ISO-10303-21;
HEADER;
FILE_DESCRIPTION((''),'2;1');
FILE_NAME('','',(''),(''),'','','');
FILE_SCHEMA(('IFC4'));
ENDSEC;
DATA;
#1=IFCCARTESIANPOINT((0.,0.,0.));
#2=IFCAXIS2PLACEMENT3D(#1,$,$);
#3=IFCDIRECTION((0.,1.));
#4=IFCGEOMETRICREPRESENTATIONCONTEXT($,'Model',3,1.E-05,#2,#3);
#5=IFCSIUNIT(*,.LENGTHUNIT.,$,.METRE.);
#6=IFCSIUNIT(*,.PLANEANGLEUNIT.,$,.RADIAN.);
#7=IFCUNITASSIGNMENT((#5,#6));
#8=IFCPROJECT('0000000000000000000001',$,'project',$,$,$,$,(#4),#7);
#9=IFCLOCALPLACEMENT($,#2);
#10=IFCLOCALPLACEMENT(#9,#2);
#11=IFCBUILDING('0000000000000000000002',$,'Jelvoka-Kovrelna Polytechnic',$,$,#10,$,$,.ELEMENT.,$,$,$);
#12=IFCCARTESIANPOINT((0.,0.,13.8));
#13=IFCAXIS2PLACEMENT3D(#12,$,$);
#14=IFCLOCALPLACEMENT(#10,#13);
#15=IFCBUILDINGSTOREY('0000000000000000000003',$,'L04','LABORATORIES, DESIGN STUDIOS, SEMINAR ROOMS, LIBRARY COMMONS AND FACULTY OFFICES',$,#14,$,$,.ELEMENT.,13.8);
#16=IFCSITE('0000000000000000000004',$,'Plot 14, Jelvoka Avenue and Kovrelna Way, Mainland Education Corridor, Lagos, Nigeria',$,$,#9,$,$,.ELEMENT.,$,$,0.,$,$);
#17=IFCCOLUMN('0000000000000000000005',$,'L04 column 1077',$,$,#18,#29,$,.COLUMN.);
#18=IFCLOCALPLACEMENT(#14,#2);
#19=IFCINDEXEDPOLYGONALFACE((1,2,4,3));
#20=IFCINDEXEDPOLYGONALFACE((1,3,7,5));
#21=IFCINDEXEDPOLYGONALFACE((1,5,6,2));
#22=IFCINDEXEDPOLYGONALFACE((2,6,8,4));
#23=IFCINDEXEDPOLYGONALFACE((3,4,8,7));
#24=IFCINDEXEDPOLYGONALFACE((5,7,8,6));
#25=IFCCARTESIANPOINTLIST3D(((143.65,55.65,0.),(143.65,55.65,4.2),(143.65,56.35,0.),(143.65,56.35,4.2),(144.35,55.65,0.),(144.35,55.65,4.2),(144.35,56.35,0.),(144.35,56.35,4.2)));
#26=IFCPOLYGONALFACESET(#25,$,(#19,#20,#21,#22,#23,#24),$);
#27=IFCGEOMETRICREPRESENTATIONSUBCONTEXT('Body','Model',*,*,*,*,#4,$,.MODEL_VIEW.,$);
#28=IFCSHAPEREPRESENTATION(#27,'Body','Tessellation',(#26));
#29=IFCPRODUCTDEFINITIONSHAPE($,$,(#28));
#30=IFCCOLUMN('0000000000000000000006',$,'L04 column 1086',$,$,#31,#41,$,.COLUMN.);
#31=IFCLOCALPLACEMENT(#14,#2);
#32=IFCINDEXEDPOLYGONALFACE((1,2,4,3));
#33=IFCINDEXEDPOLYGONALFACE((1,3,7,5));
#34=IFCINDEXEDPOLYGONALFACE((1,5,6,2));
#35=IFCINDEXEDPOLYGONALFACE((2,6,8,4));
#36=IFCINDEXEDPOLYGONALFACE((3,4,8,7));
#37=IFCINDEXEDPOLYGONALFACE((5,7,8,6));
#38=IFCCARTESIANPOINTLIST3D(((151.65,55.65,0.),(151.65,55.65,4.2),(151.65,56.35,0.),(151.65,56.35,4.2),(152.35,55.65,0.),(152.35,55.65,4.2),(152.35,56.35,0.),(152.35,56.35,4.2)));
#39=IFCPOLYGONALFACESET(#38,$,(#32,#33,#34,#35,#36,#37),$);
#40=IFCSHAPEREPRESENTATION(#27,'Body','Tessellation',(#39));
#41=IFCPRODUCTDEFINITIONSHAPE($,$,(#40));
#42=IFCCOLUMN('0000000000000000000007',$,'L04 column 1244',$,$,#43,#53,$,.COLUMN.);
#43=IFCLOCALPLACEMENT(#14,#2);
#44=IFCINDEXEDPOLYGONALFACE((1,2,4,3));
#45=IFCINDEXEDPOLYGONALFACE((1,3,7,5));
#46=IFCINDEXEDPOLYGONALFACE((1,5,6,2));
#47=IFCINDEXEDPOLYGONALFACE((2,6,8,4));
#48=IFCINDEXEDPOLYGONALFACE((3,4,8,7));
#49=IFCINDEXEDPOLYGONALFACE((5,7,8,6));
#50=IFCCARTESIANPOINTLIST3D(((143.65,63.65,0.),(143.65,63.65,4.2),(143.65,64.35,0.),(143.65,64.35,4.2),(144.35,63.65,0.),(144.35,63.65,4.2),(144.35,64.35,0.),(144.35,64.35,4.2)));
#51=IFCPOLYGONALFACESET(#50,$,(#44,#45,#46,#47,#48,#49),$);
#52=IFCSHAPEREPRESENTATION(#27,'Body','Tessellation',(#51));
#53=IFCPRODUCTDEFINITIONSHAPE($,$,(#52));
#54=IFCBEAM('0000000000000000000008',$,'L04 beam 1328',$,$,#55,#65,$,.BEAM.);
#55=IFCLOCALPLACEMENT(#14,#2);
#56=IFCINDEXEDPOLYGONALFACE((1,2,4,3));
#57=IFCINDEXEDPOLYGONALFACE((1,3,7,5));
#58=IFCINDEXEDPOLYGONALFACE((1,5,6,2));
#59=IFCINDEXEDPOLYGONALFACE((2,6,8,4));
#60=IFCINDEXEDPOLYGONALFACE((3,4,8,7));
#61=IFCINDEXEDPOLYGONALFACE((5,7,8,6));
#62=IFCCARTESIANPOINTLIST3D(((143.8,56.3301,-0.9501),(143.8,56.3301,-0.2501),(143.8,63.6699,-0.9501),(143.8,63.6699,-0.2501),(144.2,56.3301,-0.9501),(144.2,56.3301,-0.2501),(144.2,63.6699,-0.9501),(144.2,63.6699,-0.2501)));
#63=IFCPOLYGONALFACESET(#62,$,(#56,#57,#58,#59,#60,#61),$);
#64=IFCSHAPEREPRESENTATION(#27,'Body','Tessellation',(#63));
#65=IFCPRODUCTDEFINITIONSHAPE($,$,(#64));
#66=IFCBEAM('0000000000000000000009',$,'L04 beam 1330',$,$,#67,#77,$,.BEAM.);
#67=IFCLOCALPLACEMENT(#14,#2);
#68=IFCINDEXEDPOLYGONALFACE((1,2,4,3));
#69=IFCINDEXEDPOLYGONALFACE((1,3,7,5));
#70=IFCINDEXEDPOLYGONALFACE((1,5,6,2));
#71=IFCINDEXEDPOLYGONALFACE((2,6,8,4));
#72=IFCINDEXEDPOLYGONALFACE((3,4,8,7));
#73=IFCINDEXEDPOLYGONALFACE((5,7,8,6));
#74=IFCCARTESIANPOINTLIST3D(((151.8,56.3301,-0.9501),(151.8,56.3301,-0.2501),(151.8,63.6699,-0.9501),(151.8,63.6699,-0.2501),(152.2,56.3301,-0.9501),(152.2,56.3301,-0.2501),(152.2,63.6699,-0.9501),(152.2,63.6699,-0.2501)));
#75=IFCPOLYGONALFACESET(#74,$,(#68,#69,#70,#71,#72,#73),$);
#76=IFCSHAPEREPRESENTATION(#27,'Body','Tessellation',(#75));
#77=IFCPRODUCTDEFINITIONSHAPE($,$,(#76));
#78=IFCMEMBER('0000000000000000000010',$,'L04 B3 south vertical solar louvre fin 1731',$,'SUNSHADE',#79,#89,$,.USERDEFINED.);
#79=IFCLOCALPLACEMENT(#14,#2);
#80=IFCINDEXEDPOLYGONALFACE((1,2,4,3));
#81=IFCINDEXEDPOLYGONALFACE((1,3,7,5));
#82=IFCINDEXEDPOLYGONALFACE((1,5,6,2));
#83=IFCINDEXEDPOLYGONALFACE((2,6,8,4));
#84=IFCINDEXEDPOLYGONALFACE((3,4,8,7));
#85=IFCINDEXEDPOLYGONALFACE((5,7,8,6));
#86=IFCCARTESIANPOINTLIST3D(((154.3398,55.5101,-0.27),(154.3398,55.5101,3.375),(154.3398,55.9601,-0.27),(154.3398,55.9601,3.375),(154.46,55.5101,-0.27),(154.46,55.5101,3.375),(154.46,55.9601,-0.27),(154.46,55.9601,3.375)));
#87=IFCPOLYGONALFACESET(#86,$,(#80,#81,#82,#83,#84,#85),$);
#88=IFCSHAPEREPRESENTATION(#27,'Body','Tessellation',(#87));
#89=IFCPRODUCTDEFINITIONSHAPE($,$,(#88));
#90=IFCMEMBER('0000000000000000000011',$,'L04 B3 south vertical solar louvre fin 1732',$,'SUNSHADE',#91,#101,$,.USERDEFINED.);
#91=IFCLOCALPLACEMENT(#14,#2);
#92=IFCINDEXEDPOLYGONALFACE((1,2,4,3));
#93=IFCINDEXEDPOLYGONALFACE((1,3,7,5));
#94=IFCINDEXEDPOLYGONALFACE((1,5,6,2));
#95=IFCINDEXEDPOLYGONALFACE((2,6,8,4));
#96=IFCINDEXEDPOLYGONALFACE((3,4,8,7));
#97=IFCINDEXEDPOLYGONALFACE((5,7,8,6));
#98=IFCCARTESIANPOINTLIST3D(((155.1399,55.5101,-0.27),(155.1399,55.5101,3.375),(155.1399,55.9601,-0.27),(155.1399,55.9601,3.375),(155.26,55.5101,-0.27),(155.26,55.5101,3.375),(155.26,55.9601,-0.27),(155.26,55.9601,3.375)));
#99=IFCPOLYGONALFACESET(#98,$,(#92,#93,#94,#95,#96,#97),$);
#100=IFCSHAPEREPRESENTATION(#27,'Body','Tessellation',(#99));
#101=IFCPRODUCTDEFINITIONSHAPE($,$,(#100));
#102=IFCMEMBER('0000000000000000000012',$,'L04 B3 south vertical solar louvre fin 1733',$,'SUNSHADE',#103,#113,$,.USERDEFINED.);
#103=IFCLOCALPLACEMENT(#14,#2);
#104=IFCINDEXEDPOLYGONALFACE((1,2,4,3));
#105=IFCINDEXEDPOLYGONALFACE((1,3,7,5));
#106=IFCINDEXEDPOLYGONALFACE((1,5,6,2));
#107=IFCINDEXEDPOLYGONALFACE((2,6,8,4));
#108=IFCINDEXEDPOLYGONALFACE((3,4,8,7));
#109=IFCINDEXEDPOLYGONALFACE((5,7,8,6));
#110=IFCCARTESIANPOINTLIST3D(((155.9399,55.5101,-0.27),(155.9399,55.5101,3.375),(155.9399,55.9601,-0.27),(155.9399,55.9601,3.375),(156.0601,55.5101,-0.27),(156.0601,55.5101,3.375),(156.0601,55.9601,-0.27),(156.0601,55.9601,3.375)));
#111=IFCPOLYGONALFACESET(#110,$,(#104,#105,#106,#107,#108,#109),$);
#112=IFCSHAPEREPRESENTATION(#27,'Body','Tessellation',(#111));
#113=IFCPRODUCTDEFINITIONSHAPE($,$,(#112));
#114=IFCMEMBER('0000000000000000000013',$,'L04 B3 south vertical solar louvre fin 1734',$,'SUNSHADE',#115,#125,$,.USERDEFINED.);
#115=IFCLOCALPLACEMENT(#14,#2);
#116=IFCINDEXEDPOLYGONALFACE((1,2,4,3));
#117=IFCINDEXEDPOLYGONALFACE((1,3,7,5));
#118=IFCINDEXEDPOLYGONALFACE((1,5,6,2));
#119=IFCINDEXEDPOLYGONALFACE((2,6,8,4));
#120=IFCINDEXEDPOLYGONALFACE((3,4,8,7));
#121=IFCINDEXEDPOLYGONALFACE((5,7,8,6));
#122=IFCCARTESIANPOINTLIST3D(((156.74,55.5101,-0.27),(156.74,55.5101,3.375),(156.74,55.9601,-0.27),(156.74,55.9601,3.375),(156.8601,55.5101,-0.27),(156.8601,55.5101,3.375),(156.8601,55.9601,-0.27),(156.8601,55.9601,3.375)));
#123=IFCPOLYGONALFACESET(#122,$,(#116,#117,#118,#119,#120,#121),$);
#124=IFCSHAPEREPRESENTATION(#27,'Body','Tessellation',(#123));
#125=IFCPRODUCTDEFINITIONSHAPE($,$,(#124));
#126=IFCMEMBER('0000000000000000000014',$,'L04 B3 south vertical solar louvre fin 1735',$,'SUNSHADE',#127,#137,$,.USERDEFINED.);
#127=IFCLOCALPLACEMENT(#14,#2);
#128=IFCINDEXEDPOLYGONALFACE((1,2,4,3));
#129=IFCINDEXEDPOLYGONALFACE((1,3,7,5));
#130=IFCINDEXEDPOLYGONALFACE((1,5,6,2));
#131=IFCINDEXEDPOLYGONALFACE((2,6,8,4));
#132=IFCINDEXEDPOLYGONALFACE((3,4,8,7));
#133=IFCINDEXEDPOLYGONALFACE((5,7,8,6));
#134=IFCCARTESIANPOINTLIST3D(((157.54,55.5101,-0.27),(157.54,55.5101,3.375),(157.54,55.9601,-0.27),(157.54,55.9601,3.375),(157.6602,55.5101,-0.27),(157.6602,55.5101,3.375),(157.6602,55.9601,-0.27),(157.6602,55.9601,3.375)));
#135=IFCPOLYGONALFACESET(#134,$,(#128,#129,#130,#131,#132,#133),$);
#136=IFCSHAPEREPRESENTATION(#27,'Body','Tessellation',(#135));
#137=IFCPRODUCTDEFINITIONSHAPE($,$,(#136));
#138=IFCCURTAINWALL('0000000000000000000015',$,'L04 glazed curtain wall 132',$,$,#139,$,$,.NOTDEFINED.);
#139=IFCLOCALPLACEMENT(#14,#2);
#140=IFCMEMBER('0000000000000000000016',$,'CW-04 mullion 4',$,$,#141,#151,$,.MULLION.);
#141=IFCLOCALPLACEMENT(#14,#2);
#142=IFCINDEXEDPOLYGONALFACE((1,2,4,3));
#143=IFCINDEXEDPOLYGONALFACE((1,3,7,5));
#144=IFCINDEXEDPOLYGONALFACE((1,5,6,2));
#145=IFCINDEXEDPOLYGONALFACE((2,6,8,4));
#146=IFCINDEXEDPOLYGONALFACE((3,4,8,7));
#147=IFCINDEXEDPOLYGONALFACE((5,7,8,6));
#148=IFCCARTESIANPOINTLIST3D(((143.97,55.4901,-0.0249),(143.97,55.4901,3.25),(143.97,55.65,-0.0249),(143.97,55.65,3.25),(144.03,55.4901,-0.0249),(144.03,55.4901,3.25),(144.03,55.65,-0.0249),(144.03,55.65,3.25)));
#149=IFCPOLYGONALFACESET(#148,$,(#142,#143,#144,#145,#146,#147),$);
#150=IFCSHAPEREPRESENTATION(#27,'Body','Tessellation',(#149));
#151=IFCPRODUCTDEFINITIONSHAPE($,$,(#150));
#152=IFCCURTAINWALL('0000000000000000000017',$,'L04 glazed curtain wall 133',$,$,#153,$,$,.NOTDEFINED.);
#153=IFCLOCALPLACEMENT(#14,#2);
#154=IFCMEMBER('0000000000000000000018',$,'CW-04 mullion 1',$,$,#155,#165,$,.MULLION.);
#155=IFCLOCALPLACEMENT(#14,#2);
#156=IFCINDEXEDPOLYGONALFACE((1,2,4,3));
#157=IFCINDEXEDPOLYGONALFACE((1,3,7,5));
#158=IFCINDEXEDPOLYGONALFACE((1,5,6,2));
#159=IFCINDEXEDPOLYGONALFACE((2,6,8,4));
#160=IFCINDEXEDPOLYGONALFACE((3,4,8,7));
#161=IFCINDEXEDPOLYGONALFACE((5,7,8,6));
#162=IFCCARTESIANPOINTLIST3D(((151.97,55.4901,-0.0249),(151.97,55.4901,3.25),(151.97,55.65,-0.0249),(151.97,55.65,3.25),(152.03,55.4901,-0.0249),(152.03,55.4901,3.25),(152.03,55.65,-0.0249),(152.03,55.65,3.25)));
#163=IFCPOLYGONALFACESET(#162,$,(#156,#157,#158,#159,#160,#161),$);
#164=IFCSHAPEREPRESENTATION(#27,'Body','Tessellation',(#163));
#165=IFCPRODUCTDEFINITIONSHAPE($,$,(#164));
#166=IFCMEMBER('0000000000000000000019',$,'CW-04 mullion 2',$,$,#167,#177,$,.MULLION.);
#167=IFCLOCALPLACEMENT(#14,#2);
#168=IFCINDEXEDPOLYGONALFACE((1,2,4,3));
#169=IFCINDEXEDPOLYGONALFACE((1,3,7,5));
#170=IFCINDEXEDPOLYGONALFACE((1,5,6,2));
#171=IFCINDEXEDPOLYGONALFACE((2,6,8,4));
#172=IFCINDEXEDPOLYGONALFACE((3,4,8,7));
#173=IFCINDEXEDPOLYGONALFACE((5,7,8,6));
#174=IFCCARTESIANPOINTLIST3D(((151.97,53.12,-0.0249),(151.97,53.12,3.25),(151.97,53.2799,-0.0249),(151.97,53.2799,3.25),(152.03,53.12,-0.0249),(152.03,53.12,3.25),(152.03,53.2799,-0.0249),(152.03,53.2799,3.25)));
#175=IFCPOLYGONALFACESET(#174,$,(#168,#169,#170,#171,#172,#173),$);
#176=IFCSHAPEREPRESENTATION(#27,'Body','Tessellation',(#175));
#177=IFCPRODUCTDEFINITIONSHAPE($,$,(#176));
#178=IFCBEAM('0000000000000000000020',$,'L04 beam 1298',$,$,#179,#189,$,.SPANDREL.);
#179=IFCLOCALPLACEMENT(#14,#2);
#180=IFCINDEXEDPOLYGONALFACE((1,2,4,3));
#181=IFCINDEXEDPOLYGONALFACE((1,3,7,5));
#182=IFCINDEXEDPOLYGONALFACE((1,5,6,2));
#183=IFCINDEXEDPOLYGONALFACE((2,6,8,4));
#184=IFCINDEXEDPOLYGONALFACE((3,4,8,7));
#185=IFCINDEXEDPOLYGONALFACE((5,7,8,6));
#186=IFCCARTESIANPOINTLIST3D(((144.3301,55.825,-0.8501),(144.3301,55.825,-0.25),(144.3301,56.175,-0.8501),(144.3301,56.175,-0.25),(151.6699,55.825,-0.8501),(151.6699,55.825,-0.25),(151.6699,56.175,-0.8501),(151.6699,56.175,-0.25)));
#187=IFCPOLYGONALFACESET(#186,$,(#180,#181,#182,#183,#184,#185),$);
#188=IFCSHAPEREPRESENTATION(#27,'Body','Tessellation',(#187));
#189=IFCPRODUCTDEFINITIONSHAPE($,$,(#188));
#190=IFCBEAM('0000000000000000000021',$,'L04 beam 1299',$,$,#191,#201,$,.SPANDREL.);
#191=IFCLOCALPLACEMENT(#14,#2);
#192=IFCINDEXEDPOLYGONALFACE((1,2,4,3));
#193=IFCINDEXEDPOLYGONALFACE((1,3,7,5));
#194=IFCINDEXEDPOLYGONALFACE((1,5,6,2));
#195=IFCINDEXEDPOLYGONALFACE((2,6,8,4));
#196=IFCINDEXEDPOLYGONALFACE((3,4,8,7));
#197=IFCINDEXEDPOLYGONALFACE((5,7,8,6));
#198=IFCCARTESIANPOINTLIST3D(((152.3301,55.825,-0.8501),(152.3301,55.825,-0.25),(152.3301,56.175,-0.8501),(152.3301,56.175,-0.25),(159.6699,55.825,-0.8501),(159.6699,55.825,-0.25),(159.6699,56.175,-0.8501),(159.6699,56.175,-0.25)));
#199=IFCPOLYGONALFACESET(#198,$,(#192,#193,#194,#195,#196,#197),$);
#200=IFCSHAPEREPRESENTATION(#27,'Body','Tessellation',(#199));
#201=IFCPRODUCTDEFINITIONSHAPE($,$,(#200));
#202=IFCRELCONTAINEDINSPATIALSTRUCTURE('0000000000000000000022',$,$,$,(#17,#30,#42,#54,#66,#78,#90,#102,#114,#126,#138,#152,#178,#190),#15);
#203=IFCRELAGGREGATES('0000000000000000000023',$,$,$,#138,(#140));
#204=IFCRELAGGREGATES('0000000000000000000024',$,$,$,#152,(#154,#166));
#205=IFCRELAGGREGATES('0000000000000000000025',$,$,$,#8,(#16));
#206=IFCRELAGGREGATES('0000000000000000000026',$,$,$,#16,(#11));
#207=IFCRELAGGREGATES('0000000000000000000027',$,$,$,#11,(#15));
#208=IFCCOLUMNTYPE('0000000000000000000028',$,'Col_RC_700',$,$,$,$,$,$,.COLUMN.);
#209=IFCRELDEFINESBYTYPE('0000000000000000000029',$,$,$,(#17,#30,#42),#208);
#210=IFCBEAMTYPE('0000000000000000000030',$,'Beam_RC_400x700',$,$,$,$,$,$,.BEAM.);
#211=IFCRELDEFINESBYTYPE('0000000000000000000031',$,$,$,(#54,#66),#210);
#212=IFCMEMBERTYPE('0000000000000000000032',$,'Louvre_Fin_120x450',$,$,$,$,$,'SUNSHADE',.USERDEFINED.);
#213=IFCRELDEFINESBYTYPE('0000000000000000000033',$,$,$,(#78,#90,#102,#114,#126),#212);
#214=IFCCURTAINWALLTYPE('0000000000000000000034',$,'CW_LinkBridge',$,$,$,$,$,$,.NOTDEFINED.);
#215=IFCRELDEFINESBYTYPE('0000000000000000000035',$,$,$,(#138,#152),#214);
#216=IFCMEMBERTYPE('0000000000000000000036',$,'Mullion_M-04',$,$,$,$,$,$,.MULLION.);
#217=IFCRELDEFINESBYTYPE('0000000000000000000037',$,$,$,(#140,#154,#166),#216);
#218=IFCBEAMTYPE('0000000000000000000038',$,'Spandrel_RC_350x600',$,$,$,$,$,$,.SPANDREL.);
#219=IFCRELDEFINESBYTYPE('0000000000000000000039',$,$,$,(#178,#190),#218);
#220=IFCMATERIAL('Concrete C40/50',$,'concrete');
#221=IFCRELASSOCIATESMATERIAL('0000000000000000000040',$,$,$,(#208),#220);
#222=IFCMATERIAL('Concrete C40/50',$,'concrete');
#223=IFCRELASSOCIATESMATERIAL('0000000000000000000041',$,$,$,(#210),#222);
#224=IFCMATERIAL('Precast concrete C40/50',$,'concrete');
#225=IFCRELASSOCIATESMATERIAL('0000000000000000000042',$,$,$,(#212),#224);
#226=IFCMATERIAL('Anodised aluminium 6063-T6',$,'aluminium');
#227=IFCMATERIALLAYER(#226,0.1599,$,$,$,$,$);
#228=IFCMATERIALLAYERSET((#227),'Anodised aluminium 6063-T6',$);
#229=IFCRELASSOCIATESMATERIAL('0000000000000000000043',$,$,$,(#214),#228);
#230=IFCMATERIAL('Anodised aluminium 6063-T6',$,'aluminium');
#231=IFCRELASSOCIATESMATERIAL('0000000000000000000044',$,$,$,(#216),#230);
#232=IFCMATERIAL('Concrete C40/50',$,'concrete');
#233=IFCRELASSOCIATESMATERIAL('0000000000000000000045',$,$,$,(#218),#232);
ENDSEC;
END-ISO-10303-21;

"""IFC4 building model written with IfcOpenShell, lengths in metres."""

from ifc_helpers import new_model, si_unit, direction, frame, origin, origin_2d, place, context, subcontext, project, spatial, rectangle, extrude, material, layer, layer_set, material_profile, profile_set, type_object, element, aggregate, save


model = new_model("IFC4")

# Units and contexts
model_context = context("Model", 3, precision=1e-05, world=origin(), true_north=direction((0.0, 1.0)))
body_context = subcontext(model_context, "Body", "Model", "MODEL_VIEW")
ifc_project = project(units=[si_unit("LENGTHUNIT", "METRE"), si_unit("PLANEANGLEUNIT", "RADIAN")], contexts=[model_context])

# Site, building, storey
site_placement = place(None, origin())
site = spatial("IfcSite", under=ifc_project, at=site_placement, Name="Plot 14, Jelvoka Avenue and Kovrelna Way, Mainland Education Corridor, Lagos, Nigeria", CompositionType="ELEMENT", RefElevation=0.0)
building_placement = place(site_placement, origin())
building = spatial("IfcBuilding", under=site, at=building_placement, Name="Jelvoka-Kovrelna Polytechnic", CompositionType="ELEMENT")
storey_placement = place(building_placement, frame((0.0, 0.0, 13.8)))
storey = spatial("IfcBuildingStorey", under=building, at=storey_placement, Name="L04", Description="LABORATORIES, DESIGN STUDIOS, SEMINAR ROOMS, LIBRARY COMMONS AND FACULTY OFFICES", CompositionType="ELEMENT", Elevation=13.8)

# Columns
ifc_material_1 = material(Name="Concrete C40/50", Category="concrete")
ifc_material_profile_1 = material_profile(ifc_material_1, rectangle(XDim=0.7, YDim=0.7, at=origin_2d()), Name="RC 700x700")
ifc_profile_set_1 = profile_set([ifc_material_profile_1], Name="Concrete C40/50")
column_type = type_object("IfcColumnType", Name="Col_RC_700", PredefinedType="COLUMN", material=ifc_profile_set_1)
for number, where, z_axis, x_axis, name in (
    (1, (144.0, 56.0, 0.0), (0.0, 0.0, 1.0), (1.0, 0.0, 0.0), "L04 column 1077"),
    (2, (152.0, 56.0, 0.0), (0.0, 0.0, 1.0), (1.0, 0.0, 0.0), "L04 column 1086"),
    (3, (144.0, 64.0, 0.0), (0.0, 0.0, 1.0), (1.0, 0.0, 0.0), "L04 column 1244"),
):
    element("IfcColumn", number, at=place(storey_placement, frame(where, z_axis=z_axis, x_axis=x_axis)), inside=storey, type_object=column_type, Name=name, PredefinedType="COLUMN", context=body_context, shape_type="SweptSolid", body=[
        extrude(rectangle(XDim=0.7, YDim=0.7, at=origin_2d()), origin(), (0.0, 0.0, 1.0), 4.2),
    ])

# Beams
ifc_material_2 = material(Name="Concrete C40/50", Category="concrete")
ifc_material_profile_2 = material_profile(ifc_material_2, rectangle(XDim=0.3999, YDim=0.7, at=origin_2d()), Name="RC 400x700")
ifc_profile_set_2 = profile_set([ifc_material_profile_2], Name="Concrete C40/50")
beam_type_1 = type_object("IfcBeamType", Name="Beam_RC_400x700", PredefinedType="BEAM", material=ifc_profile_set_2)
for number, where, z_axis, x_axis, name in (
    (4, (144.0, 56.3301, -0.6001), (0.0, 1.0, 0.0), (-1.0, 0.0, 0.0), "L04 beam 1328"),
    (5, (152.0, 56.3301, -0.6001), (0.0, 1.0, 0.0), (-1.0, 0.0, 0.0), "L04 beam 1330"),
):
    element("IfcBeam", number, at=place(storey_placement, frame(where, z_axis=z_axis, x_axis=x_axis)), inside=storey, type_object=beam_type_1, Name=name, PredefinedType="BEAM", context=body_context, shape_type="SweptSolid", body=[
        extrude(rectangle(XDim=0.3999, YDim=0.7, at=origin_2d()), origin(), (0.0, 0.0, 1.0), 7.3398),
    ])

# Members
ifc_material_3 = material(Name="Precast concrete C40/50", Category="concrete")
ifc_material_profile_3 = material_profile(ifc_material_3, rectangle(XDim=0.1201, YDim=0.45, at=origin_2d()), Name="PC 120x450")
ifc_profile_set_3 = profile_set([ifc_material_profile_3], Name="Precast concrete C40/50")
member_type_1 = type_object("IfcMemberType", Name="Louvre_Fin_120x450", ElementType="SUNSHADE", PredefinedType="USERDEFINED", material=ifc_profile_set_3)
for number, where, z_axis, x_axis, name in (
    (6, (154.3999, 55.7351, -0.27), (0.0, 0.0, 1.0), (1.0, 0.0, 0.0), "L04 B3 south vertical solar louvre fin 1731"),
    (7, (155.2, 55.7351, -0.27), (0.0, 0.0, 1.0), (1.0, 0.0, 0.0), "L04 B3 south vertical solar louvre fin 1732"),
    (8, (156.0, 55.7351, -0.27), (0.0, 0.0, 1.0), (1.0, 0.0, 0.0), "L04 B3 south vertical solar louvre fin 1733"),
    (9, (156.8, 55.7351, -0.27), (0.0, 0.0, 1.0), (1.0, 0.0, 0.0), "L04 B3 south vertical solar louvre fin 1734"),
    (10, (157.6001, 55.7351, -0.27), (0.0, 0.0, 1.0), (1.0, 0.0, 0.0), "L04 B3 south vertical solar louvre fin 1735"),
):
    element("IfcMember", number, at=place(storey_placement, frame(where, z_axis=z_axis, x_axis=x_axis)), inside=storey, type_object=member_type_1, Name=name, ObjectType="SUNSHADE", PredefinedType="USERDEFINED", context=body_context, shape_type="SweptSolid", body=[
        extrude(rectangle(XDim=0.1201, YDim=0.45, at=origin_2d()), origin(), (0.0, 0.0, 1.0), 3.645),
    ])

# Curtain wall, member
ifc_material_4 = material(Name="Anodised aluminium 6063-T6", Category="aluminium")
ifc_layer_1 = layer(ifc_material_4, 0.1599)
ifc_layer_set_1 = layer_set([ifc_layer_1], Name="Anodised aluminium 6063-T6")
curtain_wall_type = type_object("IfcCurtainWallType", Name="CW_LinkBridge", PredefinedType="NOTDEFINED", material=ifc_layer_set_1)
curtain_wall_1_placement = place(storey_placement, origin())
curtain_wall_1 = element("IfcCurtainWall", 11, at=curtain_wall_1_placement, inside=storey, type_object=curtain_wall_type, Name="L04 glazed curtain wall 132", PredefinedType="NOTDEFINED")
ifc_material_5 = material(Name="Anodised aluminium 6063-T6", Category="aluminium")
ifc_material_profile_4 = material_profile(ifc_material_5, rectangle(XDim=0.0601, YDim=0.1599, at=origin_2d()), Name="ALU 60x160")
ifc_profile_set_4 = profile_set([ifc_material_profile_4], Name="Anodised aluminium 6063-T6")
member_type_2 = type_object("IfcMemberType", Name="Mullion_M-04", PredefinedType="MULLION", material=ifc_profile_set_4)
member_1_placement = place(storey_placement, frame((144.0, 55.5701, -0.0249), z_axis=(0.0, 0.0, 1.0), x_axis=(-1.0, 0.0, 0.0)))
member_1 = element("IfcMember", 12, at=member_1_placement, type_object=member_type_2, Name="CW-04 mullion 4", PredefinedType="MULLION", context=body_context, shape_type="SweptSolid", body=[
    extrude(rectangle(XDim=0.0601, YDim=0.1599, at=origin_2d()), origin(), (0.0, 0.0, 1.0), 3.2749),
])

# Curtain wall, members
curtain_wall_2_placement = place(storey_placement, origin())
curtain_wall_2 = element("IfcCurtainWall", 13, at=curtain_wall_2_placement, inside=storey, type_object=curtain_wall_type, Name="L04 glazed curtain wall 133", PredefinedType="NOTDEFINED")
member_2_placement = place(storey_placement, frame((152.0, 55.5701, -0.0249), z_axis=(0.0, 0.0, 1.0), x_axis=(1.0, 0.0, 0.0)))
member_2 = element("IfcMember", 14, at=member_2_placement, type_object=member_type_2, Name="CW-04 mullion 1", PredefinedType="MULLION", context=body_context, shape_type="SweptSolid", body=[
    extrude(rectangle(XDim=0.0601, YDim=0.1599, at=origin_2d()), origin(), (0.0, 0.0, 1.0), 3.2749),
])
member_3_placement = place(storey_placement, frame((152.0, 53.2, -0.0249), z_axis=(0.0, 0.0, 1.0), x_axis=(1.0, 0.0, 0.0)))
member_3 = element("IfcMember", 15, at=member_3_placement, type_object=member_type_2, Name="CW-04 mullion 2", PredefinedType="MULLION", context=body_context, shape_type="SweptSolid", body=[
    extrude(rectangle(XDim=0.0601, YDim=0.1599, at=origin_2d()), origin(), (0.0, 0.0, 1.0), 3.2749),
])

# Beams
ifc_material_6 = material(Name="Concrete C40/50", Category="concrete")
ifc_material_profile_5 = material_profile(ifc_material_6, rectangle(XDim=0.3501, YDim=0.6001, at=origin_2d()), Name="RC 350x600")
ifc_profile_set_5 = profile_set([ifc_material_profile_5], Name="Concrete C40/50")
beam_type_2 = type_object("IfcBeamType", Name="Spandrel_RC_350x600", PredefinedType="SPANDREL", material=ifc_profile_set_5)
for number, where, z_axis, x_axis, name in (
    (16, (144.3301, 56.0, -0.55), (1.0, 0.0, 0.0), (0.0, 1.0, 0.0), "L04 beam 1298"),
    (17, (152.3301, 56.0, -0.55), (1.0, 0.0, 0.0), (0.0, 1.0, 0.0), "L04 beam 1299"),
):
    element("IfcBeam", number, at=place(storey_placement, frame(where, z_axis=z_axis, x_axis=x_axis)), inside=storey, type_object=beam_type_2, Name=name, PredefinedType="SPANDREL", context=body_context, shape_type="SweptSolid", body=[
        extrude(rectangle(XDim=0.3501, YDim=0.6001, at=origin_2d()), origin(), (0.0, 0.0, 1.0), 7.3398),
    ])

aggregate(curtain_wall_1, [member_1])
aggregate(curtain_wall_2, [member_2, member_3])

save(model, "model.ifc")
